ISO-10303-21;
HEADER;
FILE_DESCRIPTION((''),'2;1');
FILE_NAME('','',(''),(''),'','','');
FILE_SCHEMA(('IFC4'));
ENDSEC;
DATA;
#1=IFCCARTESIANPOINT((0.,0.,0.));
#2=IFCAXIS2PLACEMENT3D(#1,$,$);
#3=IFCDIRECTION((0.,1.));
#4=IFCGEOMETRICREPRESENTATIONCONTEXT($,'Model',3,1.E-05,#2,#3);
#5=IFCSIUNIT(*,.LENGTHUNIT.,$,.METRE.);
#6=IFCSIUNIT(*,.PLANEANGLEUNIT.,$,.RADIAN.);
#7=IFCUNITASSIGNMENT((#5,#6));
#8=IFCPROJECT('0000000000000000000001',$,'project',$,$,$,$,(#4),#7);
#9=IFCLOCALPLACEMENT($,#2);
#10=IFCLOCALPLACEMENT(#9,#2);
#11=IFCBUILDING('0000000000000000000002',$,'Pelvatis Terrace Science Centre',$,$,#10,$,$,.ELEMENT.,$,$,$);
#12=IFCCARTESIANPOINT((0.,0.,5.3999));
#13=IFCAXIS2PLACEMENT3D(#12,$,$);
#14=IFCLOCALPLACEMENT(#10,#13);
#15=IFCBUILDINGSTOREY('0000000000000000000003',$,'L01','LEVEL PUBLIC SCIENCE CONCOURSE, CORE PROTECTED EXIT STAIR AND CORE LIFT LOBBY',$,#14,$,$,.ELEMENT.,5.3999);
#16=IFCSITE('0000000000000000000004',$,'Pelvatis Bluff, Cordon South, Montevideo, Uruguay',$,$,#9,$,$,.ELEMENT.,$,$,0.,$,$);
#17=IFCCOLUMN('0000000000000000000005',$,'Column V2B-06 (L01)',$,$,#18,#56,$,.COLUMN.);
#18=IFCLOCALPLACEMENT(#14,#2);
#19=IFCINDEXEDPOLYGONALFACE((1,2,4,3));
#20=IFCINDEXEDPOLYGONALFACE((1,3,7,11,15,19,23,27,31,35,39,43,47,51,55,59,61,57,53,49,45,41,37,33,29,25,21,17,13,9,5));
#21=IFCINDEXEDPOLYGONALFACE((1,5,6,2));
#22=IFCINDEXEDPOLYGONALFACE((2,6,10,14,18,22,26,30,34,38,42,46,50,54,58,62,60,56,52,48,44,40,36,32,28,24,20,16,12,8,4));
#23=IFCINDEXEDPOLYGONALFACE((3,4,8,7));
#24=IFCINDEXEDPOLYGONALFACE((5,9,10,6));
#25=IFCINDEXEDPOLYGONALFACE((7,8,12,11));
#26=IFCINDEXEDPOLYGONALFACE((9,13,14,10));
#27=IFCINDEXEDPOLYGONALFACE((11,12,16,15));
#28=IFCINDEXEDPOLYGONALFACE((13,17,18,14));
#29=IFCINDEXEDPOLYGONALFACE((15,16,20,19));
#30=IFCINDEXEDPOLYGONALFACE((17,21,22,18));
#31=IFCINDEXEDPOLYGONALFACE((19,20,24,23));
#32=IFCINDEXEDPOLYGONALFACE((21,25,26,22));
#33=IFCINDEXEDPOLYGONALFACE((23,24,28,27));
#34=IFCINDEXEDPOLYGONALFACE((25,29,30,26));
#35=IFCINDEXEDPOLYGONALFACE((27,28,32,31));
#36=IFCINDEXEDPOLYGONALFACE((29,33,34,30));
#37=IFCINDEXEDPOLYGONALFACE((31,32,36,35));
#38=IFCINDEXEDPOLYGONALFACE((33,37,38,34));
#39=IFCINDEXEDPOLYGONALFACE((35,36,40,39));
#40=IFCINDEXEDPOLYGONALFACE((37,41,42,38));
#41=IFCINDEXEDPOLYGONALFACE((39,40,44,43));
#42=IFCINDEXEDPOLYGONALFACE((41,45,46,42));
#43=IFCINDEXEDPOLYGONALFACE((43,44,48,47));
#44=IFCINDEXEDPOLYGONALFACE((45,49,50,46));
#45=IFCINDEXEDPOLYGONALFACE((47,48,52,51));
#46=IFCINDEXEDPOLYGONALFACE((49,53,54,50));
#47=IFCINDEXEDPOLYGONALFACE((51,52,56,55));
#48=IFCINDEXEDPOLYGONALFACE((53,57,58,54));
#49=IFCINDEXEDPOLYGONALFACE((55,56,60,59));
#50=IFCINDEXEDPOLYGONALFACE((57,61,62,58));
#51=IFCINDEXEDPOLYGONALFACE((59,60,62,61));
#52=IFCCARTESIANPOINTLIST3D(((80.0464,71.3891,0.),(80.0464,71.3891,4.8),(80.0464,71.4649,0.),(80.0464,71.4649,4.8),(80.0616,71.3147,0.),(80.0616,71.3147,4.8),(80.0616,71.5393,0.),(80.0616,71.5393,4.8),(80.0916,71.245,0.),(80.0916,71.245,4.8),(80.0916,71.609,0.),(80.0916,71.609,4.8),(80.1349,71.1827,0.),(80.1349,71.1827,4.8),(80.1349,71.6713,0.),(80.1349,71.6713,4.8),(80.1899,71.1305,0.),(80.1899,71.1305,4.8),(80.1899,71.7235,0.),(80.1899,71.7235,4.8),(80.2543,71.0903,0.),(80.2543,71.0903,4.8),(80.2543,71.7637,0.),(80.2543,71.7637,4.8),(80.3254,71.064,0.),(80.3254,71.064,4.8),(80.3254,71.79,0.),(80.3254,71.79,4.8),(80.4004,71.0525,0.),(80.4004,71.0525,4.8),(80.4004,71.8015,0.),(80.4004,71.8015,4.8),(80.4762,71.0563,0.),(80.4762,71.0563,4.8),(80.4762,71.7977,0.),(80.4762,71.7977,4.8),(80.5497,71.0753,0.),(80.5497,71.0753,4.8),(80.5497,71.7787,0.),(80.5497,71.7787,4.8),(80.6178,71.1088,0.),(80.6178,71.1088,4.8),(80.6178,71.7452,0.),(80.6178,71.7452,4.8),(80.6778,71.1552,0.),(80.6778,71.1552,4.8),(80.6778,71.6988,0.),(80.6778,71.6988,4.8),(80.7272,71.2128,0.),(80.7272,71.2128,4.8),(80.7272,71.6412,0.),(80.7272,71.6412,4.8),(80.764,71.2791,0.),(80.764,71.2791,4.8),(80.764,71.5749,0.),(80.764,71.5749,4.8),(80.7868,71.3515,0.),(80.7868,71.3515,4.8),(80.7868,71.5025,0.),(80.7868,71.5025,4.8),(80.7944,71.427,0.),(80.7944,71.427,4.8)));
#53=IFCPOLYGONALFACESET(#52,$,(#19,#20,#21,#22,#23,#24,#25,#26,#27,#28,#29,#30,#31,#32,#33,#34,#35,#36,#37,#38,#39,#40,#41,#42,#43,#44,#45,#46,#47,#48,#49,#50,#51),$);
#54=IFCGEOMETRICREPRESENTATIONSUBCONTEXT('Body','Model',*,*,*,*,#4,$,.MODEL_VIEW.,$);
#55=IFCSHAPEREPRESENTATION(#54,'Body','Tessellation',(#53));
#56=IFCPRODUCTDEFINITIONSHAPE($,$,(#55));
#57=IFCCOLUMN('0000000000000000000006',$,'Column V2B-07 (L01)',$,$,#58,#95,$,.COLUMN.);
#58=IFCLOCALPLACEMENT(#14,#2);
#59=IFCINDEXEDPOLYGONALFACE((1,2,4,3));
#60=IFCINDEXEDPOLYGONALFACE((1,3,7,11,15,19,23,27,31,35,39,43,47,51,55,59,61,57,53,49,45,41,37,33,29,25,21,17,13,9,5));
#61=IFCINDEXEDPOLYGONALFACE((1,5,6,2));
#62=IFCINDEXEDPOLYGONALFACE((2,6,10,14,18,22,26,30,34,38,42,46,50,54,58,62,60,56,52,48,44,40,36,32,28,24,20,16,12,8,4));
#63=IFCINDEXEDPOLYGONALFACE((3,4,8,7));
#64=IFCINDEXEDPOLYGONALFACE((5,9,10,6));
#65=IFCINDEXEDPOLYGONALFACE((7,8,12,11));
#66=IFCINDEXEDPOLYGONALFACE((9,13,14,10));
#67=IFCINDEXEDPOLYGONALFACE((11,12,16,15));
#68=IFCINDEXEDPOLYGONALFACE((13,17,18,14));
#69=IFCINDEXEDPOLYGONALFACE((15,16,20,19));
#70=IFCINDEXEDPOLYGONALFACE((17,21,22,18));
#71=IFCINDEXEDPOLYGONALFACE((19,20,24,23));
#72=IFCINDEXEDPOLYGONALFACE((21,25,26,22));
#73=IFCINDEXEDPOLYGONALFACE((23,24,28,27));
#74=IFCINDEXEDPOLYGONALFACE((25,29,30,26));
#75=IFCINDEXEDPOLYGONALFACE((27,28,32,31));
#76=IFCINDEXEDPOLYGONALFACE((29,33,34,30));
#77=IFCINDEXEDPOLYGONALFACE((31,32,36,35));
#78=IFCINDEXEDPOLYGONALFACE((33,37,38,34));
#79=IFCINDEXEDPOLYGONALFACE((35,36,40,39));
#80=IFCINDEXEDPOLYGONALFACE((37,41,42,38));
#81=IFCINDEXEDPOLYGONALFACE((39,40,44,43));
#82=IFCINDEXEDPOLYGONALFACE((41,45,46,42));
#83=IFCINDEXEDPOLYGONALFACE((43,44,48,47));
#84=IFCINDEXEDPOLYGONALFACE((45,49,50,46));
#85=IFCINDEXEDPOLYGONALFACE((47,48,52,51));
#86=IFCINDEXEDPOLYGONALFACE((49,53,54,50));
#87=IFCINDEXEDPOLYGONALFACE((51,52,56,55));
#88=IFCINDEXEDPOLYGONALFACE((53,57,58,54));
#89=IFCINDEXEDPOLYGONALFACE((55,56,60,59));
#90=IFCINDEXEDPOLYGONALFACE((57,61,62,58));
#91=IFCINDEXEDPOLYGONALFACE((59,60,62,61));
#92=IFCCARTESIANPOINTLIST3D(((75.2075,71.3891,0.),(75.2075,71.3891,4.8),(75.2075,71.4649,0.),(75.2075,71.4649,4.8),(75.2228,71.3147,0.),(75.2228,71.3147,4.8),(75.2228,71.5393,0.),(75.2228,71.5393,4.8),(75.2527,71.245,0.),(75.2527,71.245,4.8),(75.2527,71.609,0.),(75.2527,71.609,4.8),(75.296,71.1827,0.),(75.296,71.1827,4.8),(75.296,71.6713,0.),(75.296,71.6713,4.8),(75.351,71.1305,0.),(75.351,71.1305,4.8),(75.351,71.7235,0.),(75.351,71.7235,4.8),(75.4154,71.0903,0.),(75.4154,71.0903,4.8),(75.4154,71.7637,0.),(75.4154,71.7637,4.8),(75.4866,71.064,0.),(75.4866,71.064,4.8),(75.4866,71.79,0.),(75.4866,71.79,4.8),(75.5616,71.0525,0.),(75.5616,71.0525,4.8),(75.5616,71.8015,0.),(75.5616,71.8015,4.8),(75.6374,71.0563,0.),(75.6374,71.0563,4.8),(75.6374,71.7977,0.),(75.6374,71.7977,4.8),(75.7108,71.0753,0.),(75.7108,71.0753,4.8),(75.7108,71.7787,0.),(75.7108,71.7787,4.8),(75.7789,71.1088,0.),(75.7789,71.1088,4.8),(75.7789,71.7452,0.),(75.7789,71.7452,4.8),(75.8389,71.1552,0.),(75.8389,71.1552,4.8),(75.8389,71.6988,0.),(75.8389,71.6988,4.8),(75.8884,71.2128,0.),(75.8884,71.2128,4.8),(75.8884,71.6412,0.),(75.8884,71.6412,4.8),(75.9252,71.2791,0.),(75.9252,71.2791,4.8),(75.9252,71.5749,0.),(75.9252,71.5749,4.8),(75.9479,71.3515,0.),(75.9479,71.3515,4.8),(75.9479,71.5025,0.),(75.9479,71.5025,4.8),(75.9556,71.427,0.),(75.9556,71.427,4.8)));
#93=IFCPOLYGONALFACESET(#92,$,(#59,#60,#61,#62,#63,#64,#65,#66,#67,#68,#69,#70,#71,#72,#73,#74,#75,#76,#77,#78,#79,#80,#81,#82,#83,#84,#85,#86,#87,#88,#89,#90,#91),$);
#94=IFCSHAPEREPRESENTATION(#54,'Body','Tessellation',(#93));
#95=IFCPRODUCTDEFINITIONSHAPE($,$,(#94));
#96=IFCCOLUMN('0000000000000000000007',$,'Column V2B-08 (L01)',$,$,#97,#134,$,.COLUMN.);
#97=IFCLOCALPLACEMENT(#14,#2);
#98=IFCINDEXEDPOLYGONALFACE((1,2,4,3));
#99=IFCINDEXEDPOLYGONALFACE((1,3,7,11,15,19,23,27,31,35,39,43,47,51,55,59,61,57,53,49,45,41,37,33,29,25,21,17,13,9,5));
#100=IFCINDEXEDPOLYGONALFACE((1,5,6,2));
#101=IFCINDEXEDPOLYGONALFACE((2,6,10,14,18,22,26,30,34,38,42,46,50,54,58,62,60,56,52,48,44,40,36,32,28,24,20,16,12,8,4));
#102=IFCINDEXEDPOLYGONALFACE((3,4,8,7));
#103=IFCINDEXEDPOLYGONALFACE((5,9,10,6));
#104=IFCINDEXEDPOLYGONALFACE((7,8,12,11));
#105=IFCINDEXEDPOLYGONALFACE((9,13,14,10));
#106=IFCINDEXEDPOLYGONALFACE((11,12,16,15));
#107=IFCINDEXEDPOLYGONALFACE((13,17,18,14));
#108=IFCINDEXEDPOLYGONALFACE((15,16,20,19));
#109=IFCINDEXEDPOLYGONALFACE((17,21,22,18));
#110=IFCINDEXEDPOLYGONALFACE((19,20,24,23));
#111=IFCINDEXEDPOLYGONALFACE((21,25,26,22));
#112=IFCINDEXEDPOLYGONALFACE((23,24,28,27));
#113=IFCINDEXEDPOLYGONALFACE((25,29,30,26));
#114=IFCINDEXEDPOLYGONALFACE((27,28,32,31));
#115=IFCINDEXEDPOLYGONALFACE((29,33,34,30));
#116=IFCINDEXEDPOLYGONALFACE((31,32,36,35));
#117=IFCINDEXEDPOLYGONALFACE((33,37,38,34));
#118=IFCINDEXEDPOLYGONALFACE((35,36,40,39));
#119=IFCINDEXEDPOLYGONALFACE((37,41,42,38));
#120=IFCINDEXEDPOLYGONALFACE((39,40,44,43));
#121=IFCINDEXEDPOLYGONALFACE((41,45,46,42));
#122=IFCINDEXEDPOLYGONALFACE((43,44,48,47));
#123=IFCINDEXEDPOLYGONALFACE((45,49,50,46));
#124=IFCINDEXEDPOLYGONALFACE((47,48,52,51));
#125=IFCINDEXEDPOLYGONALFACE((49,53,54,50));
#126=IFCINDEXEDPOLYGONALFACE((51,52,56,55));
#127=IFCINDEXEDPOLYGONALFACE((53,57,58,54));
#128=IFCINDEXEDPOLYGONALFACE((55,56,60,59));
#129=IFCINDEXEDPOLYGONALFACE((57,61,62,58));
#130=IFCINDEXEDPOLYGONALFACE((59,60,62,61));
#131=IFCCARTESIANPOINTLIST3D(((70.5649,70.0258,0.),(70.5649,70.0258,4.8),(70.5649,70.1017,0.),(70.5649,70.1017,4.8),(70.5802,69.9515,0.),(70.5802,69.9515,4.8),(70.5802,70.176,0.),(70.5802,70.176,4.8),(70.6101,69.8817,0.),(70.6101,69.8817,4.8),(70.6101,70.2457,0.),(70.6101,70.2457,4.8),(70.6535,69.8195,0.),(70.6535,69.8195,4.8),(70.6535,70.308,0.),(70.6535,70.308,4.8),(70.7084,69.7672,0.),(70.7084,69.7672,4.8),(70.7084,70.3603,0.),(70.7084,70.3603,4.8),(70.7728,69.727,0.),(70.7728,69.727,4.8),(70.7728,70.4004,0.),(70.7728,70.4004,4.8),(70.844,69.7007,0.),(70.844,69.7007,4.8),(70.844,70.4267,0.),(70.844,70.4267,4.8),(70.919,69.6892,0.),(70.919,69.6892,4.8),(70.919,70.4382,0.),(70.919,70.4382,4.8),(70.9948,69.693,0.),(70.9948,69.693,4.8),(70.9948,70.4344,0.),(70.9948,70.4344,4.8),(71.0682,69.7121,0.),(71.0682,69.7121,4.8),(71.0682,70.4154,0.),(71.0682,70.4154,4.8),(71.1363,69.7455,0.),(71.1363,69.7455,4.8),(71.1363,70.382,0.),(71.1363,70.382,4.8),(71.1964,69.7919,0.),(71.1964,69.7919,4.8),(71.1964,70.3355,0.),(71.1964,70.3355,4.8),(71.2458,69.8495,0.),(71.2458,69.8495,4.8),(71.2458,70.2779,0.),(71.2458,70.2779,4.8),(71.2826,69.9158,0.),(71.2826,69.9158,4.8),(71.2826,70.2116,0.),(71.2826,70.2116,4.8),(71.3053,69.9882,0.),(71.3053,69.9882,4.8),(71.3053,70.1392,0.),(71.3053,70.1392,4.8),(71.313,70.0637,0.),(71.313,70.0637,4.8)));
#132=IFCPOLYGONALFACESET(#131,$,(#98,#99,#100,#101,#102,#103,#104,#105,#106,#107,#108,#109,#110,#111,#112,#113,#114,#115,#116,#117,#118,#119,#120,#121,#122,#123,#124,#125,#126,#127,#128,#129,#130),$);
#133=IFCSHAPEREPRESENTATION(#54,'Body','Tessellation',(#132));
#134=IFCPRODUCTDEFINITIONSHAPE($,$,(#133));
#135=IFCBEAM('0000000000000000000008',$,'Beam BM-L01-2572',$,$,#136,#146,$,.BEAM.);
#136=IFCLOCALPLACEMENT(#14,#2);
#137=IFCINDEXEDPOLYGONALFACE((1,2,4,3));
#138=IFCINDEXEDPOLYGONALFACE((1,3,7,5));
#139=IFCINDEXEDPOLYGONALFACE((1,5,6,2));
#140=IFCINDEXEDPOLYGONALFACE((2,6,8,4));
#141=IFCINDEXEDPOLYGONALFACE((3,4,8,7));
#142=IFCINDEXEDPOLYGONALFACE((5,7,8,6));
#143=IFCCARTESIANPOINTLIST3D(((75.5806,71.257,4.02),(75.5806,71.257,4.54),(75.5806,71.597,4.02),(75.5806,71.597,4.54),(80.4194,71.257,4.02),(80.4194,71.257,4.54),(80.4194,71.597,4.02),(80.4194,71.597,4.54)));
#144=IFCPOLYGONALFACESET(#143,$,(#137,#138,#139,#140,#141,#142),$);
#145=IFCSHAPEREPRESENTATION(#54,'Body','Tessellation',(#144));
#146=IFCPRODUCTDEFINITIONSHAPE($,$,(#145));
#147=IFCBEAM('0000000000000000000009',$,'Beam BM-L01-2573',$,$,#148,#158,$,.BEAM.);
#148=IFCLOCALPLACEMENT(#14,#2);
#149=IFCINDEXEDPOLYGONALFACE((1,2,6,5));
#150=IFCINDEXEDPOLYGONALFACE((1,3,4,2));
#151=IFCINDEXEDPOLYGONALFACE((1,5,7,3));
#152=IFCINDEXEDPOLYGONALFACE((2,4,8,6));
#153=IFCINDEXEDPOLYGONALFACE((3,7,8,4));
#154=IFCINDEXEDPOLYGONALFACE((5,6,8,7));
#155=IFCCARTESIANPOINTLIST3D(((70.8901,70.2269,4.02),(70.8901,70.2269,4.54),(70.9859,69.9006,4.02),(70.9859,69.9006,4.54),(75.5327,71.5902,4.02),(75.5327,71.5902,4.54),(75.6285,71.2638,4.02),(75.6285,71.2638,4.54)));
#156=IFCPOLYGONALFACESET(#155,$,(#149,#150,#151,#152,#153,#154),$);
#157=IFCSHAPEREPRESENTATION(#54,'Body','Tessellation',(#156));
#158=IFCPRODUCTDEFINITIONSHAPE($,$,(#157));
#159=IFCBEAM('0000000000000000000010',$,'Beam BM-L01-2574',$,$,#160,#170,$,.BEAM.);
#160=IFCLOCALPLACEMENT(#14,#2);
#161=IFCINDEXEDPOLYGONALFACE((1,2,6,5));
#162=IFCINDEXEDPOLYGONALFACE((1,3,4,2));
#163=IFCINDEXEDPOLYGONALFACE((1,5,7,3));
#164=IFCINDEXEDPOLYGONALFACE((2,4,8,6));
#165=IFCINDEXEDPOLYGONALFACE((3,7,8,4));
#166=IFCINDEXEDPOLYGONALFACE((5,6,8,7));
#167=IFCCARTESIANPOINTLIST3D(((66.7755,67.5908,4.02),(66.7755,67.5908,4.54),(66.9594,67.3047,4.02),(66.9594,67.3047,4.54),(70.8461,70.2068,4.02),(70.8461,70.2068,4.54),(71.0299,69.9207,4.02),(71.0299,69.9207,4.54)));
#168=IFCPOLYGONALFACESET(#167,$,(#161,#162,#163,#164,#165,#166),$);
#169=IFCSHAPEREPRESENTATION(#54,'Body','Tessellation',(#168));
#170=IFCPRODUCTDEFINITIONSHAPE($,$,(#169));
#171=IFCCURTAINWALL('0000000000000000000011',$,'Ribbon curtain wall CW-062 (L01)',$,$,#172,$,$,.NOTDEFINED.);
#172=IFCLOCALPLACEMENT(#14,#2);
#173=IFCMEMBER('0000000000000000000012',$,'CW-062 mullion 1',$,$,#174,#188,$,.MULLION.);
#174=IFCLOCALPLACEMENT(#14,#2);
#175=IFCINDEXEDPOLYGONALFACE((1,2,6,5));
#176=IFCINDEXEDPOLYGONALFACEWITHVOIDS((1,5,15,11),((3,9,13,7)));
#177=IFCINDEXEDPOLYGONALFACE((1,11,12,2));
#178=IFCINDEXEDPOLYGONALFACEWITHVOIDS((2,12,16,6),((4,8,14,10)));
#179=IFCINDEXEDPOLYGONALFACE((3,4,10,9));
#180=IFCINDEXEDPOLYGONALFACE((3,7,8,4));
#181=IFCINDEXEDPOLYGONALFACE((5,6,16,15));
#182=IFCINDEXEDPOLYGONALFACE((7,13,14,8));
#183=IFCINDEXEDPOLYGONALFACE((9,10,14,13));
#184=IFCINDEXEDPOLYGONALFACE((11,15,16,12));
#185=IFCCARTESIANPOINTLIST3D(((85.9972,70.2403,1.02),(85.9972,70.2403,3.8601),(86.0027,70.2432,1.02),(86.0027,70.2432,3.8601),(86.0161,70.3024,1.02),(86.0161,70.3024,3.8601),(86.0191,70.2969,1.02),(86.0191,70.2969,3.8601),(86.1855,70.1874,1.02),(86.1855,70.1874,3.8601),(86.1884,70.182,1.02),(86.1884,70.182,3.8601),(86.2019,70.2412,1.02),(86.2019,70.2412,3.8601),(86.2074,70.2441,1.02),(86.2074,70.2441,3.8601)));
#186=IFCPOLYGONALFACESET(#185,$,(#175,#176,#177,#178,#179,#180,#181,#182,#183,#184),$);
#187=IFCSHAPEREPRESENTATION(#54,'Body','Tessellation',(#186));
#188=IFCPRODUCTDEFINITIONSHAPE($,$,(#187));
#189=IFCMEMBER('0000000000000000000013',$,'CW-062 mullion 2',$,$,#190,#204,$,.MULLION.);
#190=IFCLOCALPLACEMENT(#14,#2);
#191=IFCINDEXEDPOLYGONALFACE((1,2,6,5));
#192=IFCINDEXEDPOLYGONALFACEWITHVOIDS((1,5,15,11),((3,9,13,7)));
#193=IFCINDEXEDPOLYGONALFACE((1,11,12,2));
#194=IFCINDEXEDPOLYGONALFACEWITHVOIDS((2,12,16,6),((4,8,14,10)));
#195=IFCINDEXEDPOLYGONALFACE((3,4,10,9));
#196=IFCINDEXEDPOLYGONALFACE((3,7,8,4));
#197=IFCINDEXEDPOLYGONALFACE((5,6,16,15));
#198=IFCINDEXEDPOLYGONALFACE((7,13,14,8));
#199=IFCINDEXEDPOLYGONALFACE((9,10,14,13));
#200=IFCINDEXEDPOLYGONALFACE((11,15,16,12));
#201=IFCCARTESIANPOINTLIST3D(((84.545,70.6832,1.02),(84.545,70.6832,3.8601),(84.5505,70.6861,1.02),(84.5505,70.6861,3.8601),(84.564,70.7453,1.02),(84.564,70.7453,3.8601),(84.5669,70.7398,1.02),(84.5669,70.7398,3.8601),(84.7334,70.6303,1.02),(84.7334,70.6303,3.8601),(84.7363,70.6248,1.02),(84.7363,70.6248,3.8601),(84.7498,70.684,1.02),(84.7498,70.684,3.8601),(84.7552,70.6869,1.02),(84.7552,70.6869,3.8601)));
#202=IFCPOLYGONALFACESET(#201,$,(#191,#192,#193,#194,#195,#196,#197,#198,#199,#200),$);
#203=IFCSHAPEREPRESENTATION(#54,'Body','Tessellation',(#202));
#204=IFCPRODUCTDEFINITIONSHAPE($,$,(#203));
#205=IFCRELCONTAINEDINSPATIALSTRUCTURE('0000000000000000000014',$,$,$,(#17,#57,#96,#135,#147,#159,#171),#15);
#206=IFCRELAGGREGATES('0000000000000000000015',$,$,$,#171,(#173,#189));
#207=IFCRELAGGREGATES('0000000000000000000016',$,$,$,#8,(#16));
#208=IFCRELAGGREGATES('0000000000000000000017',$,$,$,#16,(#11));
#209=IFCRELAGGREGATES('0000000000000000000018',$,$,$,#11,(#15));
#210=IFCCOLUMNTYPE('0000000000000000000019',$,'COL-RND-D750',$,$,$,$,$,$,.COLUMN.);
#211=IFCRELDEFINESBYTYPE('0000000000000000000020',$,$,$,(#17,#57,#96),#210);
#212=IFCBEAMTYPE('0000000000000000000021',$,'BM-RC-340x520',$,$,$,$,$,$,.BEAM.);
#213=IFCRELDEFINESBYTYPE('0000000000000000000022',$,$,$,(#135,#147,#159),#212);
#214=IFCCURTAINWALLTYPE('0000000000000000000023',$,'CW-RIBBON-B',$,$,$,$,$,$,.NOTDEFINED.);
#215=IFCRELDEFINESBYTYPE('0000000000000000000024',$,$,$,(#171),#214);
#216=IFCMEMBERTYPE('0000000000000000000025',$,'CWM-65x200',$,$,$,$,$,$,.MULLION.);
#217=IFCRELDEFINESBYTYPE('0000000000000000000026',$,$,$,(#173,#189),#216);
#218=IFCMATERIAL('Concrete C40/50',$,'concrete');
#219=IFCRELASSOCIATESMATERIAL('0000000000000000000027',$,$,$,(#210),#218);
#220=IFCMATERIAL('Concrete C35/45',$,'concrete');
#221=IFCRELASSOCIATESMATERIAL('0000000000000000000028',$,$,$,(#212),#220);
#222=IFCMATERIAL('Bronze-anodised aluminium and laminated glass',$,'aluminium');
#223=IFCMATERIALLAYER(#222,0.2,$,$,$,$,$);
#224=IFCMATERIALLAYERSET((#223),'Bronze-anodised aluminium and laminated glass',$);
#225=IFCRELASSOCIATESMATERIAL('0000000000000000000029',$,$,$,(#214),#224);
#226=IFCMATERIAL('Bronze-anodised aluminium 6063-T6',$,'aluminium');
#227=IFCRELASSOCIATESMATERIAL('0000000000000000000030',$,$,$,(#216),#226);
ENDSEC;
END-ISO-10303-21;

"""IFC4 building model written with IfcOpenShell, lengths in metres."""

from ifc_helpers import new_model, si_unit, direction, frame, origin, origin_2d, place, context, subcontext, project, spatial, rectangle, hollow_rectangle, circle, extrude, material, layer, layer_set, material_profile, profile_set, type_object, element, aggregate, save


model = new_model("IFC4")

# Units and contexts
model_context = context("Model", 3, precision=1e-05, world=origin(), true_north=direction((0.0, 1.0)))
body_context = subcontext(model_context, "Body", "Model", "MODEL_VIEW")
ifc_project = project(units=[si_unit("LENGTHUNIT", "METRE"), si_unit("PLANEANGLEUNIT", "RADIAN")], contexts=[model_context])

# Site, building, storey
site_placement = place(None, origin())
site = spatial("IfcSite", under=ifc_project, at=site_placement, Name="Pelvatis Bluff, Cordon South, Montevideo, Uruguay", CompositionType="ELEMENT", RefElevation=0.0)
building_placement = place(site_placement, origin())
building = spatial("IfcBuilding", under=site, at=building_placement, Name="Pelvatis Terrace Science Centre", CompositionType="ELEMENT")
storey_placement = place(building_placement, frame((0.0, 0.0, 5.3999)))
storey = spatial("IfcBuildingStorey", under=building, at=storey_placement, Name="L01", Description="LEVEL PUBLIC SCIENCE CONCOURSE, CORE PROTECTED EXIT STAIR AND CORE LIFT LOBBY", CompositionType="ELEMENT", Elevation=5.3999)

# Columns
ifc_material_1 = material(Name="Concrete C40/50", Category="concrete")
ifc_material_profile_1 = material_profile(ifc_material_1, circle(Radius=0.375, at=origin_2d()), Name="RC-RCOL D750")
ifc_profile_set_1 = profile_set([ifc_material_profile_1], Name="Concrete C40/50")
column_type = type_object("IfcColumnType", Name="COL-RND-D750", PredefinedType="COLUMN", material=ifc_profile_set_1)
for number, where, z_axis, x_axis, name in (
    (1, (80.4194, 71.427, 0.0), (0.0, 0.0, 1.0), (1.0, 0.0, 0.0), "Column V2B-06 (L01)"),
    (2, (75.5806, 71.427, 0.0), (0.0, 0.0, 1.0), (1.0, 0.0, 0.0), "Column V2B-07 (L01)"),
    (3, (70.938, 70.0637, 0.0), (0.0, 0.0, 1.0), (1.0, 0.0, 0.0), "Column V2B-08 (L01)"),
):
    element("IfcColumn", number, at=place(storey_placement, frame(where, z_axis=z_axis, x_axis=x_axis)), inside=storey, type_object=column_type, Name=name, PredefinedType="COLUMN", context=body_context, shape_type="SweptSolid", body=[
        extrude(circle(Radius=0.375, at=origin_2d()), origin(), (0.0, 0.0, 1.0), 4.8),
    ])

# Beams
ifc_material_2 = material(Name="Concrete C35/45", Category="concrete")
ifc_material_profile_2 = material_profile(ifc_material_2, rectangle(XDim=0.3401, YDim=0.52, at=origin_2d()), Name="RC-BM 340x520")
ifc_profile_set_2 = profile_set([ifc_material_profile_2], Name="Concrete C35/45")
beam_type = type_object("IfcBeamType", Name="BM-RC-340x520", PredefinedType="BEAM", material=ifc_profile_set_2)
beam_placement = place(storey_placement, frame((80.4194, 71.427, 4.28), z_axis=(-1.0, 0.0, 0.0), x_axis=(0.0, -1.0, 0.0)))
element("IfcBeam", 4, at=beam_placement, inside=storey, type_object=beam_type, Name="Beam BM-L01-2572", PredefinedType="BEAM", context=body_context, shape_type="SweptSolid", body=[
    extrude(rectangle(XDim=0.3401, YDim=0.52, at=origin_2d()), origin(), (0.0, 0.0, 1.0), 4.8389),
])
for number, where, z_axis, x_axis, name in (
    (5, (75.5806, 71.427, 4.28), (-0.959488, -0.281751, 0.0), (0.281751, -0.959488, 0.0), "Beam BM-L01-2573"),
    (6, (70.938, 70.0637, 4.28), (-0.841256, -0.540638, 0.0), (0.540638, -0.841256, 0.0), "Beam BM-L01-2574"),
):
    element("IfcBeam", number, at=place(storey_placement, frame(where, z_axis=z_axis, x_axis=x_axis)), inside=storey, type_object=beam_type, Name=name, PredefinedType="BEAM", context=body_context, shape_type="SweptSolid", body=[
        extrude(rectangle(XDim=0.3401, YDim=0.52, at=origin_2d()), origin(), (0.0, 0.0, 1.0), 4.8386),
    ])

# Curtain wall, members
ifc_material_3 = material(Name="Bronze-anodised aluminium and laminated glass", Category="aluminium")
ifc_layer_1 = layer(ifc_material_3, 0.2)
ifc_layer_set_1 = layer_set([ifc_layer_1], Name="Bronze-anodised aluminium and laminated glass")
curtain_wall_type = type_object("IfcCurtainWallType", Name="CW-RIBBON-B", PredefinedType="NOTDEFINED", material=ifc_layer_set_1)
curtain_wall_1_placement = place(storey_placement, origin())
curtain_wall_1 = element("IfcCurtainWall", 7, at=curtain_wall_1_placement, inside=storey, type_object=curtain_wall_type, Name="Ribbon curtain wall CW-062 (L01)", PredefinedType="NOTDEFINED")
ifc_material_4 = material(Name="Bronze-anodised aluminium 6063-T6", Category="aluminium")
ifc_material_profile_3 = material_profile(ifc_material_4, hollow_rectangle(XDim=0.0649, YDim=0.2, WallThickness=0.0044, at=origin_2d()), Name="ALU-MUL 65x200")
ifc_profile_set_3 = profile_set([ifc_material_profile_3], Name="Bronze-anodised aluminium 6063-T6")
member_type_1 = type_object("IfcMemberType", Name="CWM-65x200", PredefinedType="MULLION", material=ifc_profile_set_3)
member_1_placement = place(storey_placement, frame((86.1023, 70.2422, 1.02), z_axis=(0.0, 0.0, 1.0), x_axis=(-0.291751, -0.956494, 0.0)))
member_1 = element("IfcMember", 8, at=member_1_placement, type_object=member_type_1, Name="CW-062 mullion 1", PredefinedType="MULLION", context=body_context, shape_type="SweptSolid", body=[
    extrude(hollow_rectangle(XDim=0.0649, YDim=0.2, WallThickness=0.0044, at=origin_2d()), origin(), (0.0, 0.0, 1.0), 2.8401),
])
member_2_placement = place(storey_placement, frame((84.6501, 70.6851, 1.02), z_axis=(0.0, 0.0, 1.0), x_axis=(-0.291751, -0.956494, 0.0)))
member_2 = element("IfcMember", 9, at=member_2_placement, type_object=member_type_1, Name="CW-062 mullion 2", PredefinedType="MULLION", context=body_context, shape_type="SweptSolid", body=[
    extrude(hollow_rectangle(XDim=0.0649, YDim=0.2, WallThickness=0.0044, at=origin_2d()), origin(), (0.0, 0.0, 1.0), 2.8401),
])

aggregate(curtain_wall_1, [member_1, member_2])

save(model, "model.ifc")
